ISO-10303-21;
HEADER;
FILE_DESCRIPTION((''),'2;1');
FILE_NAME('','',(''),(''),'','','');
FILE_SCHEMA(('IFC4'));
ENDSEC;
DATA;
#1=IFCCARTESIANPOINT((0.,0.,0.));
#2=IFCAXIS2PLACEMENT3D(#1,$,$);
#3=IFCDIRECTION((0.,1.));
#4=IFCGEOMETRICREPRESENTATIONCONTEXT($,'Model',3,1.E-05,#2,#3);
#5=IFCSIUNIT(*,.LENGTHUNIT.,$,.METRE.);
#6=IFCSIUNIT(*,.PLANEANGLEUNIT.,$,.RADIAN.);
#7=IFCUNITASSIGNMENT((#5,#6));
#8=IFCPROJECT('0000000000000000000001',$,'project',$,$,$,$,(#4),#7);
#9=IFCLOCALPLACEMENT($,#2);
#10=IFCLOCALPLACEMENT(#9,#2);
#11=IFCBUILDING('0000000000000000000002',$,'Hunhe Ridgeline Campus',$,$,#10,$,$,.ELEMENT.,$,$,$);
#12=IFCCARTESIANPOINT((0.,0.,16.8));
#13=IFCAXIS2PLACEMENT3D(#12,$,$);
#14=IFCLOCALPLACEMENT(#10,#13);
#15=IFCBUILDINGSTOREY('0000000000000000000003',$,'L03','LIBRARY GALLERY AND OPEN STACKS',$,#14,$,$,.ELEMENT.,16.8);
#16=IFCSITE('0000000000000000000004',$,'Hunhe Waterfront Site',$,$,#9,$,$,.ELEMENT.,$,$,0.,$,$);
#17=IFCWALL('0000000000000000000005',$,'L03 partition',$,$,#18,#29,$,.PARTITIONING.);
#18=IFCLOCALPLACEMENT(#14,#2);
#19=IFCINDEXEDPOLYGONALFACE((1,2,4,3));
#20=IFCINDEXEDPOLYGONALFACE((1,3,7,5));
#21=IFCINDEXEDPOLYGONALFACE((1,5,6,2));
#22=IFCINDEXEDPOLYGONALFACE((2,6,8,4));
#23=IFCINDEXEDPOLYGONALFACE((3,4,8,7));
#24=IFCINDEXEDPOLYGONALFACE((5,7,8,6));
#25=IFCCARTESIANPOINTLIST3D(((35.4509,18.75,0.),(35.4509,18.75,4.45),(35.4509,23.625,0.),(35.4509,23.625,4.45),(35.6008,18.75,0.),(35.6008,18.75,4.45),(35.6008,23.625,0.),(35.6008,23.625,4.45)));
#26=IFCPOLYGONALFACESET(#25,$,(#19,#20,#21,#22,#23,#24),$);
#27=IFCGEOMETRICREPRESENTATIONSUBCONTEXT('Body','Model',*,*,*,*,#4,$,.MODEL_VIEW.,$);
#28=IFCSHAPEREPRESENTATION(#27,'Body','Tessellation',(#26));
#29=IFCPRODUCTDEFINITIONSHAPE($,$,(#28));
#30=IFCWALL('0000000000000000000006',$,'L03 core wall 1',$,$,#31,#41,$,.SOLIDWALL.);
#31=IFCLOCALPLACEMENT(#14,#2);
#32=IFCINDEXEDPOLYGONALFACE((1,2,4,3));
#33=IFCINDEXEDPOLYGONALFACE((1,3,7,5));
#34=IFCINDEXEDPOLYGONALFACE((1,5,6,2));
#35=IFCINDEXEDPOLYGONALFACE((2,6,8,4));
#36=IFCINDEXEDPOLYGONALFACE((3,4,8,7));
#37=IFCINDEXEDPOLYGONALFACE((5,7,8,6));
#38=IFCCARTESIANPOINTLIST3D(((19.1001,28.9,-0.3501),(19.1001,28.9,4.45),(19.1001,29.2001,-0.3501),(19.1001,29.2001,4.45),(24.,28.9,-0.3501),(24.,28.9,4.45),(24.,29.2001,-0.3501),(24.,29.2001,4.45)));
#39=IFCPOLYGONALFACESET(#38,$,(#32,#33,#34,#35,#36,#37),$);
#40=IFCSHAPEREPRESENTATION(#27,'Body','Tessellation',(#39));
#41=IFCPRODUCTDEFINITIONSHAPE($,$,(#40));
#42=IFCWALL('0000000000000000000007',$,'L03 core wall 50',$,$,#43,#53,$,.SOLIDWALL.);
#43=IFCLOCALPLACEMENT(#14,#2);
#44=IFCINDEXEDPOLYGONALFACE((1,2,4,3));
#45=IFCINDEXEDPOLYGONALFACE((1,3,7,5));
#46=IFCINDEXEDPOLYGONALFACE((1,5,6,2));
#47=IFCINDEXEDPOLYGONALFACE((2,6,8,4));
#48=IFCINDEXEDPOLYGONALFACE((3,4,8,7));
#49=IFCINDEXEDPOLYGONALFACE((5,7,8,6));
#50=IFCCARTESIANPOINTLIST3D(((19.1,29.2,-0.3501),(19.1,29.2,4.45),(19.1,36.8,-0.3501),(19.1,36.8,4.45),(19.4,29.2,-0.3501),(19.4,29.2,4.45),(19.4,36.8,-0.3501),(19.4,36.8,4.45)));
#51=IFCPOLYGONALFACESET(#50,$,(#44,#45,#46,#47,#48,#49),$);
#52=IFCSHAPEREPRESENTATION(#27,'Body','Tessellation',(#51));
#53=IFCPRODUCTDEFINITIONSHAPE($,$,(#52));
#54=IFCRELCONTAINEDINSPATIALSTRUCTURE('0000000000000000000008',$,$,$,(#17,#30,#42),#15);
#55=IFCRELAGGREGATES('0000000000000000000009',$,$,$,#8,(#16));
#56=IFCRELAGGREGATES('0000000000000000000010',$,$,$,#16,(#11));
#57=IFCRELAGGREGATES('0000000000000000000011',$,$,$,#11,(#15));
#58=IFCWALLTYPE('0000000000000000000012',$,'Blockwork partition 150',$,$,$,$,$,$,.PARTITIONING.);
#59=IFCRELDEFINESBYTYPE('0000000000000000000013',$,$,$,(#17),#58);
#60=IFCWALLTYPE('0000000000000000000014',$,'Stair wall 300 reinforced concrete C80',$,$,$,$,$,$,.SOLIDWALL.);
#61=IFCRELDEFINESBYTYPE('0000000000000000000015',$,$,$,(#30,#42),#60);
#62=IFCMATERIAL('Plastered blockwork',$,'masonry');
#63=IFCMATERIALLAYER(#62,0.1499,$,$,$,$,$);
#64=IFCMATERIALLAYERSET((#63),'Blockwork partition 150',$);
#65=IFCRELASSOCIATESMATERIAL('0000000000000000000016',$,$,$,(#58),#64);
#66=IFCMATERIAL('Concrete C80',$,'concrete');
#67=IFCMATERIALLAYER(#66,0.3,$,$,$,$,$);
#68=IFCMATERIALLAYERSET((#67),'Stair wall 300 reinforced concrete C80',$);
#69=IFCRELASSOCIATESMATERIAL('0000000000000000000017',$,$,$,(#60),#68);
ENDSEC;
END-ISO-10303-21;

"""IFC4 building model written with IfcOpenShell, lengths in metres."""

from ifc_helpers import new_model, si_unit, direction, frame, frame_2d, origin, place, context, subcontext, project, spatial, rectangle, extrude, material, layer, layer_set, type_object, element, save


model = new_model("IFC4")

# Units and contexts
model_context = context("Model", 3, precision=1e-05, world=origin(), true_north=direction((0.0, 1.0)))
body_context = subcontext(model_context, "Body", "Model", "MODEL_VIEW")
ifc_project = project(units=[si_unit("LENGTHUNIT", "METRE"), si_unit("PLANEANGLEUNIT", "RADIAN")], contexts=[model_context])

# Site, building, storey
site_placement = place(None, origin())
site = spatial("IfcSite", under=ifc_project, at=site_placement, Name="Hunhe Waterfront Site", CompositionType="ELEMENT", RefElevation=0.0)
building_placement = place(site_placement, origin())
building = spatial("IfcBuilding", under=site, at=building_placement, Name="Hunhe Ridgeline Campus", CompositionType="ELEMENT")
storey_placement = place(building_placement, frame((0.0, 0.0, 16.8)))
storey = spatial("IfcBuildingStorey", under=building, at=storey_placement, Name="L03", Description="LIBRARY GALLERY AND OPEN STACKS", CompositionType="ELEMENT", Elevation=16.8)

# Shared definitions
ifc_material_1 = material(Name="Concrete C80", Category="concrete")

# Shared definitions
ifc_material_2 = material(Name="Plastered blockwork", Category="masonry")
ifc_layer_1 = layer(ifc_material_2, 0.1499)
ifc_layer_set_1 = layer_set([ifc_layer_1], Name="Blockwork partition 150")
wall_type_1 = type_object("IfcWallType", Name="Blockwork partition 150", PredefinedType="PARTITIONING", material=ifc_layer_set_1)

# Walls
wall_1_placement = place(storey_placement, frame((35.5259, 18.75, 0.0), z_axis=(0.0, 0.0, 1.0), x_axis=(0.0, 1.0, 0.0)))
element("IfcWall", 1, at=wall_1_placement, inside=storey, type_object=wall_type_1, Name="L03 partition", PredefinedType="PARTITIONING", context=body_context, shape_type="SweptSolid", body=[
    extrude(rectangle(XDim=4.875, YDim=0.1499, at=frame_2d((2.4375, 0.0))), origin(), (0.0, 0.0, 1.0), 4.45),
])
ifc_layer_2 = layer(ifc_material_1, 0.3)
ifc_layer_set_2 = layer_set([ifc_layer_2], Name="Stair wall 300 reinforced concrete C80")
wall_type_2 = type_object("IfcWallType", Name="Stair wall 300 reinforced concrete C80", PredefinedType="SOLIDWALL", material=ifc_layer_set_2)
wall_2_placement = place(storey_placement, frame((19.1001, 29.05, -0.3501), z_axis=(0.0, 0.0, 1.0), x_axis=(1.0, 0.0, 0.0)))
element("IfcWall", 2, at=wall_2_placement, inside=storey, type_object=wall_type_2, Name="L03 core wall 1", PredefinedType="SOLIDWALL", context=body_context, shape_type="SweptSolid", body=[
    extrude(rectangle(XDim=4.8999, YDim=0.3, at=frame_2d((2.45, 0.0))), origin(), (0.0, 0.0, 1.0), 4.8),
])
wall_3_placement = place(storey_placement, frame((19.25, 29.2, -0.3501), z_axis=(0.0, 0.0, 1.0), x_axis=(0.0, 1.0, 0.0)))
element("IfcWall", 3, at=wall_3_placement, inside=storey, type_object=wall_type_2, Name="L03 core wall 50", PredefinedType="SOLIDWALL", context=body_context, shape_type="SweptSolid", body=[
    extrude(rectangle(XDim=7.6001, YDim=0.3, at=frame_2d((3.8, 0.0))), origin(), (0.0, 0.0, 1.0), 4.8),
])

save(model, "model.ifc")
